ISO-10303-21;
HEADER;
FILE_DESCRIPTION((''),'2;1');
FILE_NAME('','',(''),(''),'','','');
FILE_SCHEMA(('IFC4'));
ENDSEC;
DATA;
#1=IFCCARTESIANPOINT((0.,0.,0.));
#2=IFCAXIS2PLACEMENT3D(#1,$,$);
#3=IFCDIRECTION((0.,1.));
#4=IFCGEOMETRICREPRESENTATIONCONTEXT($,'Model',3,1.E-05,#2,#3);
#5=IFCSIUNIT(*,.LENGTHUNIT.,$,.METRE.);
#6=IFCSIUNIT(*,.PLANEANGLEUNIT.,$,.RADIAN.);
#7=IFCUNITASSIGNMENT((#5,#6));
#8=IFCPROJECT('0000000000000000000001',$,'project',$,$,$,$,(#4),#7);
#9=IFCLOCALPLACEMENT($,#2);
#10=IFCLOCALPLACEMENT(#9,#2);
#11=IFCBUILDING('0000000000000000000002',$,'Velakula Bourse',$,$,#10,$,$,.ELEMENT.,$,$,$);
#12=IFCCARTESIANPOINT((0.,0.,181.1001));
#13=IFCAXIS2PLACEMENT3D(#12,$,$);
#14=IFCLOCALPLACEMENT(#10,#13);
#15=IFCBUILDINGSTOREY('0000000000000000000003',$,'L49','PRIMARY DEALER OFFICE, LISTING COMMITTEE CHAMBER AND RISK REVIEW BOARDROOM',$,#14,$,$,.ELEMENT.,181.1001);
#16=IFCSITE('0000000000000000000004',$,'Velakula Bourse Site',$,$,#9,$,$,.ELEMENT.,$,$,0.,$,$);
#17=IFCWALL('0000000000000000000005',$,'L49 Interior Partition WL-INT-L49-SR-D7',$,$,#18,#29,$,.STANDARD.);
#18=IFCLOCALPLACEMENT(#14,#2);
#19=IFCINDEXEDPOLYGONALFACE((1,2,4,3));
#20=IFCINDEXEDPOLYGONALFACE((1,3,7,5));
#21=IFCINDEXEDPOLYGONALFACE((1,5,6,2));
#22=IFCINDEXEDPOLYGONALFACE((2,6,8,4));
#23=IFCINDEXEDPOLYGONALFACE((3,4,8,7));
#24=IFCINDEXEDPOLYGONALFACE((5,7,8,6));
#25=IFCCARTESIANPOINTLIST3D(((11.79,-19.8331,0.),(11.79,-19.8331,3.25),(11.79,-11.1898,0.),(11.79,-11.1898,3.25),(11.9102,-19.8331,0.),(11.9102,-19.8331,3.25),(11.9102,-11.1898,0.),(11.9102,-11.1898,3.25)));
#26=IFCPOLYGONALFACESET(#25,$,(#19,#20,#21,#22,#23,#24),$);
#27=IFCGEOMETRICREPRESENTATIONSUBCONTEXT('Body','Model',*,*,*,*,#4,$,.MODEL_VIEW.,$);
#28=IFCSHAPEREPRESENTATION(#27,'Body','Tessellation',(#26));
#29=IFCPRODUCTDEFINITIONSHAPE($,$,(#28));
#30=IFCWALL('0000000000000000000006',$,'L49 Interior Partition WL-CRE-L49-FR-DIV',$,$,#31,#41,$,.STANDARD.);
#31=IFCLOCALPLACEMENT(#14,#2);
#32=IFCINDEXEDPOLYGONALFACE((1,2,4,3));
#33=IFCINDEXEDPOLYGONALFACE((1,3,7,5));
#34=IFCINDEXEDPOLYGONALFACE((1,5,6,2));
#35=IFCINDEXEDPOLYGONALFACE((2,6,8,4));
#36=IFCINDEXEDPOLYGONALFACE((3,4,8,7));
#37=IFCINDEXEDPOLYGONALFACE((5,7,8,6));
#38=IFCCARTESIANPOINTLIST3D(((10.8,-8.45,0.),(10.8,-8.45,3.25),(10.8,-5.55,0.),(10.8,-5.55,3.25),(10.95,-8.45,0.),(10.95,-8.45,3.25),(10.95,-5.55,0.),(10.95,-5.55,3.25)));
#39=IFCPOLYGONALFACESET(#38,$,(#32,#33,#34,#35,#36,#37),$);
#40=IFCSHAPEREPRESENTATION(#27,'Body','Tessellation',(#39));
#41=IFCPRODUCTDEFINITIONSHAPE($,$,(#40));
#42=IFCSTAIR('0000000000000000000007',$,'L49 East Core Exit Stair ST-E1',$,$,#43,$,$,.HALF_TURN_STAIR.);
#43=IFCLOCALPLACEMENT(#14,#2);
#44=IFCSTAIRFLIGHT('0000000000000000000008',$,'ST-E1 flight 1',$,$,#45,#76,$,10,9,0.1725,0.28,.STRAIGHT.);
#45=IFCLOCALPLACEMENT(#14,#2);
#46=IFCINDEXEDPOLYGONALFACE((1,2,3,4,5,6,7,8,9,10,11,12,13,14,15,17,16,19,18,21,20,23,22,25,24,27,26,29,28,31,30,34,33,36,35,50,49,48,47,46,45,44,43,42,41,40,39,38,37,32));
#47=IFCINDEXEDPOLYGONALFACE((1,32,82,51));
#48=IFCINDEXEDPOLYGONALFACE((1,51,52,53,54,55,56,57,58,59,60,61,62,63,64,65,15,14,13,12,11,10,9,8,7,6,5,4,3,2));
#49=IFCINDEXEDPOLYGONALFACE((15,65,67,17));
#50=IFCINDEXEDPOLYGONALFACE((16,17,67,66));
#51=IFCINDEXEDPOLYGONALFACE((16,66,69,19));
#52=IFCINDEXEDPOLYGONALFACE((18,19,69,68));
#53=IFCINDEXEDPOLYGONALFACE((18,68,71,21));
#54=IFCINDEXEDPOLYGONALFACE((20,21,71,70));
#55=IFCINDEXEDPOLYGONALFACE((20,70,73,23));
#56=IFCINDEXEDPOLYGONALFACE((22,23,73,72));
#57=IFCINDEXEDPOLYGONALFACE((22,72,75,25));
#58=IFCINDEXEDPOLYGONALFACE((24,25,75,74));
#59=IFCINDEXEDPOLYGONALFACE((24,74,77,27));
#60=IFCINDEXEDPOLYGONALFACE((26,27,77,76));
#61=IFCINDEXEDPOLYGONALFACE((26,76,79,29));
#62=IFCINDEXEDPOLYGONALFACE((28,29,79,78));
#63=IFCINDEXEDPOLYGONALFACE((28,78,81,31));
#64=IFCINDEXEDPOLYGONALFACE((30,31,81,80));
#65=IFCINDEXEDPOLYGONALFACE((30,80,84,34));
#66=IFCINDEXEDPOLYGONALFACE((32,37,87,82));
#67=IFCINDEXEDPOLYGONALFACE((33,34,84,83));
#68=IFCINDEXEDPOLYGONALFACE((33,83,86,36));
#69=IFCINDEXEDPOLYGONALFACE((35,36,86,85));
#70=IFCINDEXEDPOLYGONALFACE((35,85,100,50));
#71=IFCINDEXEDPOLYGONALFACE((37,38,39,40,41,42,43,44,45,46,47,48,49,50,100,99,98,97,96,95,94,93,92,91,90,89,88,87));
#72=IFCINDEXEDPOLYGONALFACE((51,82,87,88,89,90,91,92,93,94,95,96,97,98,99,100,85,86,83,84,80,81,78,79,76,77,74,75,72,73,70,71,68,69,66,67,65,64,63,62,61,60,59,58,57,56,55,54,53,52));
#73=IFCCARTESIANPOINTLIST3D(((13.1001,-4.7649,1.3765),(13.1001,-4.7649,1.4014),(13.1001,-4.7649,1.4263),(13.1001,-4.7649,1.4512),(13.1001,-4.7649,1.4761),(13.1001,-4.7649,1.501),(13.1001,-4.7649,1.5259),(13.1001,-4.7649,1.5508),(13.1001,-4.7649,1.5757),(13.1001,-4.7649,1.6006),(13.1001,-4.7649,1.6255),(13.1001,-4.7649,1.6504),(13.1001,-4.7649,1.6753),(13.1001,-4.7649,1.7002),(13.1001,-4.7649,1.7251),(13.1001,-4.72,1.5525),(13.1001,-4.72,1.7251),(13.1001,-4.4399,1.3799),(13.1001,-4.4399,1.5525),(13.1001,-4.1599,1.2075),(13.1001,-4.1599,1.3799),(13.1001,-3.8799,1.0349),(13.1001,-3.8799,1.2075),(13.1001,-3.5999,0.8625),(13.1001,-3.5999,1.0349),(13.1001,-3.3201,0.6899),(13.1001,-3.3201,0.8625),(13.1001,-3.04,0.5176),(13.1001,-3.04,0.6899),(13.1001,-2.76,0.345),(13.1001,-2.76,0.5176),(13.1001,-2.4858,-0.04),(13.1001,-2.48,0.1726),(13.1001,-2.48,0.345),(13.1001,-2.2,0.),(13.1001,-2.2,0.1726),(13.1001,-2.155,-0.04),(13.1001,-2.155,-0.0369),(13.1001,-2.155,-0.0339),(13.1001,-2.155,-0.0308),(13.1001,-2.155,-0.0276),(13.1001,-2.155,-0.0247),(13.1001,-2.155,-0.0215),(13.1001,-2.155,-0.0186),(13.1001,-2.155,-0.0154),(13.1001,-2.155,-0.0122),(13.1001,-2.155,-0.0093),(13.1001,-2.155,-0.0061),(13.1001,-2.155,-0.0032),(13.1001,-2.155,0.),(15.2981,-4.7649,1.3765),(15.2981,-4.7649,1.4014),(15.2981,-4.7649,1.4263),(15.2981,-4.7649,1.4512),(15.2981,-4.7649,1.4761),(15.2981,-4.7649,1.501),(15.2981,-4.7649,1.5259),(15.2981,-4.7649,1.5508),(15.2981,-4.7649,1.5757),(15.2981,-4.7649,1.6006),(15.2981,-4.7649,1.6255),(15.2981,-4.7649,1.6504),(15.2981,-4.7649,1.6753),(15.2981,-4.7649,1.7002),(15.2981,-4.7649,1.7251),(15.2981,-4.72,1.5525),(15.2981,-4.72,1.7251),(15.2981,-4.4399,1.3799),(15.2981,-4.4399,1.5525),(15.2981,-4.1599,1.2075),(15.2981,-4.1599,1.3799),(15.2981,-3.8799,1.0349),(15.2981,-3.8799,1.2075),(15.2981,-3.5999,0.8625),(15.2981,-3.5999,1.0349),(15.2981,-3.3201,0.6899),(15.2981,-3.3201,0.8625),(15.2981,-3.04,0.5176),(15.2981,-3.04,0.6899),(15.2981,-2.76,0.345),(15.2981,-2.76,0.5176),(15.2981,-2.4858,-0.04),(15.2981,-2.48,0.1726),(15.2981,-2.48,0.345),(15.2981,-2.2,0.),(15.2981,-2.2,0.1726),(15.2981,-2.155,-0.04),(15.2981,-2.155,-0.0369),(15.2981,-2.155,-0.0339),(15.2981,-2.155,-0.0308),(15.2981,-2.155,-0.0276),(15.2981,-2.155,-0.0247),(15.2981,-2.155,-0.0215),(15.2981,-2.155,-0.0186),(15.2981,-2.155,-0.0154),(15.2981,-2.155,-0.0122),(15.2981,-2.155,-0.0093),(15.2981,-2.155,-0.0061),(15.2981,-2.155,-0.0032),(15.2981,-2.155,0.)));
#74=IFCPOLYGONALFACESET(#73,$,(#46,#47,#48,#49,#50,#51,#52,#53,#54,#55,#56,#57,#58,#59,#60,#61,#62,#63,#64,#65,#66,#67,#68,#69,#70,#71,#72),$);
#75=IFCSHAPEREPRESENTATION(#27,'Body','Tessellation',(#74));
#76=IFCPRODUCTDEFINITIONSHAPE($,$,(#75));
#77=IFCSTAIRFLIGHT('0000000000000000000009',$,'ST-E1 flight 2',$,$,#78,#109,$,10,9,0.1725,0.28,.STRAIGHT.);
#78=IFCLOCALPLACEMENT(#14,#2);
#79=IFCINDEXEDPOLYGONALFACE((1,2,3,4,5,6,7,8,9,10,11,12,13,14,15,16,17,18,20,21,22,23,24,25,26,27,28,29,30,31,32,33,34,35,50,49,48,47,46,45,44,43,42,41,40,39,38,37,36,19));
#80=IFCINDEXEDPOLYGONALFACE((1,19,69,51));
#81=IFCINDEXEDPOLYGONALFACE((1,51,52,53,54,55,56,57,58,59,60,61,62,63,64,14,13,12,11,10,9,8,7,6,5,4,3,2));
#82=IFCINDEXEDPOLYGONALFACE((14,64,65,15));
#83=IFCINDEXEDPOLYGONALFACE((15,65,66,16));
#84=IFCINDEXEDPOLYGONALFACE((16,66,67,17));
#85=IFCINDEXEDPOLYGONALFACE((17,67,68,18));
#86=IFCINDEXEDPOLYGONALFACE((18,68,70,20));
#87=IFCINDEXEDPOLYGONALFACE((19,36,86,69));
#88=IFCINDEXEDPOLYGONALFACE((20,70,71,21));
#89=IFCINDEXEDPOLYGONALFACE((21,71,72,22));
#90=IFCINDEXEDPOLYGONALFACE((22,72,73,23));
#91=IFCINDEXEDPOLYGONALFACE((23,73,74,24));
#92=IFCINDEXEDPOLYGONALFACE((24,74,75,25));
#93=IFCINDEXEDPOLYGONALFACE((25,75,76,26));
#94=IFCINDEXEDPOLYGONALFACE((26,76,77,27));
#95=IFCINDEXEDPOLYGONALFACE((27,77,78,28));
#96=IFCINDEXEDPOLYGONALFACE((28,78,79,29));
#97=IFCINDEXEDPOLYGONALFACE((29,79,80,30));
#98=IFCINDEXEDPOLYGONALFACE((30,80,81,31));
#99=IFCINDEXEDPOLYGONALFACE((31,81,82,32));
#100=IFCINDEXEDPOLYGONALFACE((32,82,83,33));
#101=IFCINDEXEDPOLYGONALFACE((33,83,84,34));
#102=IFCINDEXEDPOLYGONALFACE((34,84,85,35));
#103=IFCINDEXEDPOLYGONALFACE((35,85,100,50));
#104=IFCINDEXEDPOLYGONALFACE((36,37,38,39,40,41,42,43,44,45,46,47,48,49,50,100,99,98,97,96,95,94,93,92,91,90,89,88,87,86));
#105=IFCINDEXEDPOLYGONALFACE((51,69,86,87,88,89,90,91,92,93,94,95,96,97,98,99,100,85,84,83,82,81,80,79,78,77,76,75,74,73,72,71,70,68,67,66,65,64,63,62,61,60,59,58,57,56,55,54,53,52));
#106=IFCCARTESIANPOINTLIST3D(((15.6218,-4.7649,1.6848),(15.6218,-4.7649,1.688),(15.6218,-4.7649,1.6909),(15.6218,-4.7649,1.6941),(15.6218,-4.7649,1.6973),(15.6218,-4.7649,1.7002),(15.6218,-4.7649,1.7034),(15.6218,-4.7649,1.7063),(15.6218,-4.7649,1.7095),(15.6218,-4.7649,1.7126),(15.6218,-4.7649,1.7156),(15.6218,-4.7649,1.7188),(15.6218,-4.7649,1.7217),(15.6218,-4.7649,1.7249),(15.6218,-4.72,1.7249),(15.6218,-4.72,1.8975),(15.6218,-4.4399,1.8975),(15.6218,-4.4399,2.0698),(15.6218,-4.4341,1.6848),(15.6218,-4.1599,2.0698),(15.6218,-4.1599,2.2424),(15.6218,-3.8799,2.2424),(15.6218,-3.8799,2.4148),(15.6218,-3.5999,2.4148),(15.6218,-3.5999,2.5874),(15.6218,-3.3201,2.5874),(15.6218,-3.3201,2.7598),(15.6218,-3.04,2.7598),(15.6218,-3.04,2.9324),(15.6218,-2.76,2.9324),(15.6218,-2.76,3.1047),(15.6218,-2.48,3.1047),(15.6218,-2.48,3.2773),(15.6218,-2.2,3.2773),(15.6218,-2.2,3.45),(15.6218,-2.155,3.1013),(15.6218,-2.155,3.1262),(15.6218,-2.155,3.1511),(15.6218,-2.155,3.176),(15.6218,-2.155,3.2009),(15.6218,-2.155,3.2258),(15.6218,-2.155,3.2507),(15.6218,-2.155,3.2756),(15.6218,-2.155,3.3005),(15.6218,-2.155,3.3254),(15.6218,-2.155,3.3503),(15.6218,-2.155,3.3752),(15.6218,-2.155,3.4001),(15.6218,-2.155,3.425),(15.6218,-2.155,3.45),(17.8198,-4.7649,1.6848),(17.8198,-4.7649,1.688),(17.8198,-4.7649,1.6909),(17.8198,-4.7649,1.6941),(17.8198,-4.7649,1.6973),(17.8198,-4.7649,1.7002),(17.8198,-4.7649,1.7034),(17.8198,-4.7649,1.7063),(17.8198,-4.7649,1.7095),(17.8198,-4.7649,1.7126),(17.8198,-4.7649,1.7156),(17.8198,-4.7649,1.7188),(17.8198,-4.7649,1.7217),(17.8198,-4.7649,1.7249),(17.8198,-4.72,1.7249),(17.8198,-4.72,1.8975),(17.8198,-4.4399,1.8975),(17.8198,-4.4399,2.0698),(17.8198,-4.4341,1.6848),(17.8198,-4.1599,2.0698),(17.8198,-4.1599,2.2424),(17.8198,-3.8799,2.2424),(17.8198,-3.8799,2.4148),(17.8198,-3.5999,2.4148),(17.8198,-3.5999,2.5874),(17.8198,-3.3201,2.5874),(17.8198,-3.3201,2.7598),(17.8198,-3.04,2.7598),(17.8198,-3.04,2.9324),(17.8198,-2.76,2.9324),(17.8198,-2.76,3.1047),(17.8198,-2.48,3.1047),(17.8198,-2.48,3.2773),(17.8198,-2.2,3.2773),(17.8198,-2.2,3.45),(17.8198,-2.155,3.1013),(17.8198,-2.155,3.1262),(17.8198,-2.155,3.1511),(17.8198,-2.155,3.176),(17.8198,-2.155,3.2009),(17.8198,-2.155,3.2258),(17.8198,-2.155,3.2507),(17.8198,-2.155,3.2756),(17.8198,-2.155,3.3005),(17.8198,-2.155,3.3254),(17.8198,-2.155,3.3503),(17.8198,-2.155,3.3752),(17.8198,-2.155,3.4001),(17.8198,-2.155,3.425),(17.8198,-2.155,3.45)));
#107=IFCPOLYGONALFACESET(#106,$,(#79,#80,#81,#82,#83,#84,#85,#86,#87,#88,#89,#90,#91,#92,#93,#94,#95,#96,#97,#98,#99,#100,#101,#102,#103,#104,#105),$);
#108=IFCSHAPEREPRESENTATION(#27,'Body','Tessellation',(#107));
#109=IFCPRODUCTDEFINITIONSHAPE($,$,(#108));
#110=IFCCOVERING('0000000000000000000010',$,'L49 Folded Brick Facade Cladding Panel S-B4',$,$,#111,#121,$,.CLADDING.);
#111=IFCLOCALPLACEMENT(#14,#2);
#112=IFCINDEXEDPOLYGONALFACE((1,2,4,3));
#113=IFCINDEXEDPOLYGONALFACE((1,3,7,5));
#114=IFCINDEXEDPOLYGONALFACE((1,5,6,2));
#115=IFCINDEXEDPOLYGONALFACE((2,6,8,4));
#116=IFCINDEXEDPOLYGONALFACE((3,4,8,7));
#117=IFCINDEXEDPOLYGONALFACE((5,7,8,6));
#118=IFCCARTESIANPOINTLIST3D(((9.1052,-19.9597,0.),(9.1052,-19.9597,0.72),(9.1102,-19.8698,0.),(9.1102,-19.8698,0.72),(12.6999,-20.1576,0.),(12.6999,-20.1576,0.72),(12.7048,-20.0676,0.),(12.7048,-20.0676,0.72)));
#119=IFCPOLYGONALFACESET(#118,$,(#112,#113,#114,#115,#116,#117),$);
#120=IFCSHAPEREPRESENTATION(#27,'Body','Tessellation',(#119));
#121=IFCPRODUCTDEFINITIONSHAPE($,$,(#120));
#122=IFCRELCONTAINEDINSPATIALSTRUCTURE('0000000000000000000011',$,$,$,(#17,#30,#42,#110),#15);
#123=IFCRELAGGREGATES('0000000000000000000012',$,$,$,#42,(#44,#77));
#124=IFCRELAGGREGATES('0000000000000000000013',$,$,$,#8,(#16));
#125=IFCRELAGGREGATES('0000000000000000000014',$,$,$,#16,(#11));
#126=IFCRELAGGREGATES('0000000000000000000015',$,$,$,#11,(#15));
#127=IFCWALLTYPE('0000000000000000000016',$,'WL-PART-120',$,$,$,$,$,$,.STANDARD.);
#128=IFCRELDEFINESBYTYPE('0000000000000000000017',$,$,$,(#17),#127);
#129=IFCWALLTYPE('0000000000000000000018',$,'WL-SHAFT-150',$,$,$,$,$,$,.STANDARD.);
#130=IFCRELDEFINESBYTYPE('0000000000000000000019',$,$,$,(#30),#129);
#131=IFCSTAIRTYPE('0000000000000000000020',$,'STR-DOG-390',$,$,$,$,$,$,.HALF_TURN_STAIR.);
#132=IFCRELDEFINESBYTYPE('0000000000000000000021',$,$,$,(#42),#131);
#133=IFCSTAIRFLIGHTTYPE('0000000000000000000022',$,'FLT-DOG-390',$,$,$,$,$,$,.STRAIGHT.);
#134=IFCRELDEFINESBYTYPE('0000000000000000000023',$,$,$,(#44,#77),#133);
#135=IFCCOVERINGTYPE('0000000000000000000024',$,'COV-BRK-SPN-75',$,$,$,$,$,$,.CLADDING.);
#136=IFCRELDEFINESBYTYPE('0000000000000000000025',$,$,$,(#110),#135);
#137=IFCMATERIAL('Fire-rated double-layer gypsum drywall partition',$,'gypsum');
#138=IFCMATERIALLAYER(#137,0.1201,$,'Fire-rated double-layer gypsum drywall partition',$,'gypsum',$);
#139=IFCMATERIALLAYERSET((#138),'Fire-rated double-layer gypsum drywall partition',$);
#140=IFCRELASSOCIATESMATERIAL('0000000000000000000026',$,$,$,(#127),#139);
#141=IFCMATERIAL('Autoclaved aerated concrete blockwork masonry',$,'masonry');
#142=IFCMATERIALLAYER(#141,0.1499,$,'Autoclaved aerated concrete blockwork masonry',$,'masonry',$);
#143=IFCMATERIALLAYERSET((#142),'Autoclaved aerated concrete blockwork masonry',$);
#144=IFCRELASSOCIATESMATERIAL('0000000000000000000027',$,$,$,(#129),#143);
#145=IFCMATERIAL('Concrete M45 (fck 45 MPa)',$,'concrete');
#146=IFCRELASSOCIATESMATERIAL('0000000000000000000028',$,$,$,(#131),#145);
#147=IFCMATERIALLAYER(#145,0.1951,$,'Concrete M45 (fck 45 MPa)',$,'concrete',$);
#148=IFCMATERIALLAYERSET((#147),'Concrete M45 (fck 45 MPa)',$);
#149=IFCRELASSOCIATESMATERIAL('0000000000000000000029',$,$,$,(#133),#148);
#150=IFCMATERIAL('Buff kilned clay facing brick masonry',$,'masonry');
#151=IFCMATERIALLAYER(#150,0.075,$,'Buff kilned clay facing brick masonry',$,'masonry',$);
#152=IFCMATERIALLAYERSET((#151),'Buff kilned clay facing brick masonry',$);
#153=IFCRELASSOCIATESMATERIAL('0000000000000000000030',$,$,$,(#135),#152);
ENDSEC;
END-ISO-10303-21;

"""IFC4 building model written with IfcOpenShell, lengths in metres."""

from ifc_helpers import new_model, si_unit, direction, frame, frame_2d, origin, origin_2d, place, context, subcontext, project, spatial, polyline, rectangle, outline, extrude, material, layer, layer_set, type_object, element, aggregate, save


model = new_model("IFC4")

# Units and contexts
model_context = context("Model", 3, precision=1e-05, world=origin(), true_north=direction((0.0, 1.0)))
body_context = subcontext(model_context, "Body", "Model", "MODEL_VIEW")
ifc_project = project(units=[si_unit("LENGTHUNIT", "METRE"), si_unit("PLANEANGLEUNIT", "RADIAN")], contexts=[model_context])

# Site, building, storey
site_placement = place(None, origin())
site = spatial("IfcSite", under=ifc_project, at=site_placement, Name="Velakula Bourse Site", CompositionType="ELEMENT", RefElevation=0.0)
building_placement = place(site_placement, origin())
building = spatial("IfcBuilding", under=site, at=building_placement, Name="Velakula Bourse", CompositionType="ELEMENT")
storey_placement = place(building_placement, frame((0.0, 0.0, 181.1001)))
storey = spatial("IfcBuildingStorey", under=building, at=storey_placement, Name="L49", Description="PRIMARY DEALER OFFICE, LISTING COMMITTEE CHAMBER AND RISK REVIEW BOARDROOM", CompositionType="ELEMENT", Elevation=181.1001)

# Wall
ifc_material_1 = material(Name="Fire-rated double-layer gypsum drywall partition", Category="gypsum")
ifc_layer_1 = layer(ifc_material_1, 0.1201, Name="Fire-rated double-layer gypsum drywall partition", Category="gypsum")
ifc_layer_set_1 = layer_set([ifc_layer_1], Name="Fire-rated double-layer gypsum drywall partition")
wall_type_1 = type_object("IfcWallType", Name="WL-PART-120", PredefinedType="STANDARD", material=ifc_layer_set_1)
wall_1_placement = place(storey_placement, frame((11.8501, -19.8333, 0.0), z_axis=(0.0, 0.0, 1.0), x_axis=(0.0, 1.0, 0.0)))
element("IfcWall", 1, at=wall_1_placement, inside=storey, type_object=wall_type_1, Name="L49 Interior Partition WL-INT-L49-SR-D7", PredefinedType="STANDARD", context=body_context, shape_type="SweptSolid", body=[
    extrude(rectangle(XDim=8.6433, YDim=0.1201, at=frame_2d((4.3218, 0.0))), origin(), (0.0, 0.0, 1.0), 3.25),
])

# Shared definitions
ifc_material_2 = material(Name="Autoclaved aerated concrete blockwork masonry", Category="masonry")
ifc_layer_2 = layer(ifc_material_2, 0.1499, Name="Autoclaved aerated concrete blockwork masonry", Category="masonry")
ifc_layer_set_2 = layer_set([ifc_layer_2], Name="Autoclaved aerated concrete blockwork masonry")
wall_type_2 = type_object("IfcWallType", Name="WL-SHAFT-150", PredefinedType="STANDARD", material=ifc_layer_set_2)

# Wall
wall_2_placement = place(storey_placement, frame((10.875, -8.45, 0.0), z_axis=(0.0, 0.0, 1.0), x_axis=(0.0, 1.0, 0.0)))
element("IfcWall", 2, at=wall_2_placement, inside=storey, type_object=wall_type_2, Name="L49 Interior Partition WL-CRE-L49-FR-DIV", PredefinedType="STANDARD", context=body_context, shape_type="SweptSolid", body=[
    extrude(rectangle(XDim=2.8999, YDim=0.1499, at=frame_2d((1.45, 0.0))), origin(), (0.0, 0.0, 1.0), 3.25),
])

# Stair, stair flights
ifc_material_3 = material(Name="Concrete M45 (fck 45 MPa)", Category="concrete")
stair_type = type_object("IfcStairType", Name="STR-DOG-390", PredefinedType="HALF_TURN_STAIR", material=ifc_material_3)
stair_placement = place(storey_placement, origin())
stair = element("IfcStair", 3, at=stair_placement, inside=storey, type_object=stair_type, Name="L49 East Core Exit Stair ST-E1", PredefinedType="HALF_TURN_STAIR")
ifc_layer_3 = layer(ifc_material_3, 0.1951, Name="Concrete M45 (fck 45 MPa)", Category="concrete")
ifc_layer_set_3 = layer_set([ifc_layer_3], Name="Concrete M45 (fck 45 MPa)")
stair_flight_type = type_object("IfcStairFlightType", Name="FLT-DOG-390", PredefinedType="STRAIGHT", material=ifc_layer_set_3)
stair_flight_1_placement = place(storey_placement, frame((14.199, -2.2, 0.0), z_axis=(0.0, 0.0, 1.0), x_axis=(0.0, -1.0, 0.0)))
stair_flight_1 = element("IfcStairFlight", 4, at=stair_flight_1_placement, type_object=stair_flight_type, Name="ST-E1 flight 1", NumberOfRisers=10, NumberOfTreads=9, PredefinedType="STRAIGHT", RiserHeight=0.1725, TreadLength=0.28, context=body_context, shape_type="SweptSolid", body=[
    extrude(outline(polyline([(-0.0449, -0.04), (-0.0449, -0.0369), (-0.0449, -0.0339), (-0.0449, -0.0308), (-0.0449, -0.0276), (-0.0449, -0.0247), (-0.0449, -0.0215), (-0.0449, -0.0186), (-0.0449, -0.0154), (-0.0449, -0.0122), (-0.0449, -0.0093), (-0.0449, -0.0061), (-0.0449, -0.0032), (-0.0449, 0.0), (0.0, 0.0), (0.0, 0.1726), (0.28, 0.1726), (0.28, 0.345), (0.5601, 0.345), (0.5601, 0.5176), (0.8401, 0.5176), (0.8401, 0.6899), (1.1201, 0.6899), (1.1201, 0.8625), (1.3999, 0.8625), (1.3999, 1.0349), (1.6799, 1.0349), (1.6799, 1.2075), (1.96, 1.2075), (1.96, 1.3799), (2.24, 1.3799), (2.24, 1.5525), (2.52, 1.5525), (2.52, 1.7251), (2.5649, 1.7251), (2.5649, 1.7002), (2.5649, 1.6753), (2.5649, 1.6504), (2.5649, 1.6255), (2.5649, 1.6006), (2.5649, 1.5757), (2.5649, 1.5508), (2.5649, 1.5259), (2.5649, 1.501), (2.5649, 1.4761), (2.5649, 1.4512), (2.5649, 1.4263), (2.5649, 1.4014), (2.5649, 1.3765), (0.2859, -0.04), (-0.0449, -0.04)])), frame((0.0, 1.0991, 0.0), z_axis=(0.0, -1.0, 0.0), x_axis=(1.0, 0.0, 0.0)), (0.0, 0.0, 1.0), 2.198),
])
stair_flight_2_placement = place(storey_placement, frame((16.7209, -4.72, 1.7249), z_axis=(0.0, 0.0, 1.0), x_axis=(0.0, 1.0, 0.0)))
stair_flight_2 = element("IfcStairFlight", 5, at=stair_flight_2_placement, type_object=stair_flight_type, Name="ST-E1 flight 2", NumberOfRisers=10, NumberOfTreads=9, PredefinedType="STRAIGHT", RiserHeight=0.1725, TreadLength=0.28, context=body_context, shape_type="SweptSolid", body=[
    extrude(outline(polyline([(-0.0449, -0.04), (-0.0449, -0.0369), (-0.0449, -0.0339), (-0.0449, -0.0308), (-0.0449, -0.0276), (-0.0449, -0.0247), (-0.0449, -0.0215), (-0.0449, -0.0186), (-0.0449, -0.0154), (-0.0449, -0.0122), (-0.0449, -0.0093), (-0.0449, -0.0061), (-0.0449, -0.0032), (-0.0449, 0.0), (0.0, 0.0), (0.0, 0.1726), (0.28, 0.1726), (0.28, 0.345), (0.5601, 0.345), (0.5601, 0.5176), (0.8401, 0.5176), (0.8401, 0.6899), (1.1201, 0.6899), (1.1201, 0.8625), (1.3999, 0.8625), (1.3999, 1.0349), (1.6799, 1.0349), (1.6799, 1.2075), (1.96, 1.2075), (1.96, 1.3799), (2.24, 1.3799), (2.24, 1.5525), (2.52, 1.5525), (2.52, 1.7251), (2.5649, 1.7251), (2.5649, 1.7002), (2.5649, 1.6753), (2.5649, 1.6504), (2.5649, 1.6255), (2.5649, 1.6006), (2.5649, 1.5757), (2.5649, 1.5508), (2.5649, 1.5259), (2.5649, 1.501), (2.5649, 1.4761), (2.5649, 1.4512), (2.5649, 1.4263), (2.5649, 1.4014), (2.5649, 1.3765), (0.2859, -0.04), (-0.0449, -0.04)])), frame((0.0, 1.0991, 0.0), z_axis=(0.0, -1.0, 0.0), x_axis=(1.0, 0.0, 0.0)), (0.0, 0.0, 1.0), 2.198),
])
aggregate(stair, [stair_flight_1, stair_flight_2])

# Covering
ifc_material_4 = material(Name="Buff kilned clay facing brick masonry", Category="masonry")
ifc_layer_4 = layer(ifc_material_4, 0.075, Name="Buff kilned clay facing brick masonry", Category="masonry")
ifc_layer_set_4 = layer_set([ifc_layer_4], Name="Buff kilned clay facing brick masonry")
covering_type = type_object("IfcCoveringType", Name="COV-BRK-SPN-75", PredefinedType="CLADDING", material=ifc_layer_set_4)
covering_placement = place(storey_placement, frame((10.905, -20.0137, 0.0), z_axis=(0.0, 0.0, 1.0), x_axis=(0.998489, -0.05495, 0.0)))
element("IfcCovering", 6, at=covering_placement, inside=storey, type_object=covering_type, Name="L49 Folded Brick Facade Cladding Panel S-B4", PredefinedType="CLADDING", context=body_context, shape_type="SweptSolid", body=[
    extrude(rectangle(XDim=3.6001, YDim=0.0901, at=origin_2d()), origin(), (0.0, 0.0, 1.0), 0.72),
])

save(model, "model.ifc")
